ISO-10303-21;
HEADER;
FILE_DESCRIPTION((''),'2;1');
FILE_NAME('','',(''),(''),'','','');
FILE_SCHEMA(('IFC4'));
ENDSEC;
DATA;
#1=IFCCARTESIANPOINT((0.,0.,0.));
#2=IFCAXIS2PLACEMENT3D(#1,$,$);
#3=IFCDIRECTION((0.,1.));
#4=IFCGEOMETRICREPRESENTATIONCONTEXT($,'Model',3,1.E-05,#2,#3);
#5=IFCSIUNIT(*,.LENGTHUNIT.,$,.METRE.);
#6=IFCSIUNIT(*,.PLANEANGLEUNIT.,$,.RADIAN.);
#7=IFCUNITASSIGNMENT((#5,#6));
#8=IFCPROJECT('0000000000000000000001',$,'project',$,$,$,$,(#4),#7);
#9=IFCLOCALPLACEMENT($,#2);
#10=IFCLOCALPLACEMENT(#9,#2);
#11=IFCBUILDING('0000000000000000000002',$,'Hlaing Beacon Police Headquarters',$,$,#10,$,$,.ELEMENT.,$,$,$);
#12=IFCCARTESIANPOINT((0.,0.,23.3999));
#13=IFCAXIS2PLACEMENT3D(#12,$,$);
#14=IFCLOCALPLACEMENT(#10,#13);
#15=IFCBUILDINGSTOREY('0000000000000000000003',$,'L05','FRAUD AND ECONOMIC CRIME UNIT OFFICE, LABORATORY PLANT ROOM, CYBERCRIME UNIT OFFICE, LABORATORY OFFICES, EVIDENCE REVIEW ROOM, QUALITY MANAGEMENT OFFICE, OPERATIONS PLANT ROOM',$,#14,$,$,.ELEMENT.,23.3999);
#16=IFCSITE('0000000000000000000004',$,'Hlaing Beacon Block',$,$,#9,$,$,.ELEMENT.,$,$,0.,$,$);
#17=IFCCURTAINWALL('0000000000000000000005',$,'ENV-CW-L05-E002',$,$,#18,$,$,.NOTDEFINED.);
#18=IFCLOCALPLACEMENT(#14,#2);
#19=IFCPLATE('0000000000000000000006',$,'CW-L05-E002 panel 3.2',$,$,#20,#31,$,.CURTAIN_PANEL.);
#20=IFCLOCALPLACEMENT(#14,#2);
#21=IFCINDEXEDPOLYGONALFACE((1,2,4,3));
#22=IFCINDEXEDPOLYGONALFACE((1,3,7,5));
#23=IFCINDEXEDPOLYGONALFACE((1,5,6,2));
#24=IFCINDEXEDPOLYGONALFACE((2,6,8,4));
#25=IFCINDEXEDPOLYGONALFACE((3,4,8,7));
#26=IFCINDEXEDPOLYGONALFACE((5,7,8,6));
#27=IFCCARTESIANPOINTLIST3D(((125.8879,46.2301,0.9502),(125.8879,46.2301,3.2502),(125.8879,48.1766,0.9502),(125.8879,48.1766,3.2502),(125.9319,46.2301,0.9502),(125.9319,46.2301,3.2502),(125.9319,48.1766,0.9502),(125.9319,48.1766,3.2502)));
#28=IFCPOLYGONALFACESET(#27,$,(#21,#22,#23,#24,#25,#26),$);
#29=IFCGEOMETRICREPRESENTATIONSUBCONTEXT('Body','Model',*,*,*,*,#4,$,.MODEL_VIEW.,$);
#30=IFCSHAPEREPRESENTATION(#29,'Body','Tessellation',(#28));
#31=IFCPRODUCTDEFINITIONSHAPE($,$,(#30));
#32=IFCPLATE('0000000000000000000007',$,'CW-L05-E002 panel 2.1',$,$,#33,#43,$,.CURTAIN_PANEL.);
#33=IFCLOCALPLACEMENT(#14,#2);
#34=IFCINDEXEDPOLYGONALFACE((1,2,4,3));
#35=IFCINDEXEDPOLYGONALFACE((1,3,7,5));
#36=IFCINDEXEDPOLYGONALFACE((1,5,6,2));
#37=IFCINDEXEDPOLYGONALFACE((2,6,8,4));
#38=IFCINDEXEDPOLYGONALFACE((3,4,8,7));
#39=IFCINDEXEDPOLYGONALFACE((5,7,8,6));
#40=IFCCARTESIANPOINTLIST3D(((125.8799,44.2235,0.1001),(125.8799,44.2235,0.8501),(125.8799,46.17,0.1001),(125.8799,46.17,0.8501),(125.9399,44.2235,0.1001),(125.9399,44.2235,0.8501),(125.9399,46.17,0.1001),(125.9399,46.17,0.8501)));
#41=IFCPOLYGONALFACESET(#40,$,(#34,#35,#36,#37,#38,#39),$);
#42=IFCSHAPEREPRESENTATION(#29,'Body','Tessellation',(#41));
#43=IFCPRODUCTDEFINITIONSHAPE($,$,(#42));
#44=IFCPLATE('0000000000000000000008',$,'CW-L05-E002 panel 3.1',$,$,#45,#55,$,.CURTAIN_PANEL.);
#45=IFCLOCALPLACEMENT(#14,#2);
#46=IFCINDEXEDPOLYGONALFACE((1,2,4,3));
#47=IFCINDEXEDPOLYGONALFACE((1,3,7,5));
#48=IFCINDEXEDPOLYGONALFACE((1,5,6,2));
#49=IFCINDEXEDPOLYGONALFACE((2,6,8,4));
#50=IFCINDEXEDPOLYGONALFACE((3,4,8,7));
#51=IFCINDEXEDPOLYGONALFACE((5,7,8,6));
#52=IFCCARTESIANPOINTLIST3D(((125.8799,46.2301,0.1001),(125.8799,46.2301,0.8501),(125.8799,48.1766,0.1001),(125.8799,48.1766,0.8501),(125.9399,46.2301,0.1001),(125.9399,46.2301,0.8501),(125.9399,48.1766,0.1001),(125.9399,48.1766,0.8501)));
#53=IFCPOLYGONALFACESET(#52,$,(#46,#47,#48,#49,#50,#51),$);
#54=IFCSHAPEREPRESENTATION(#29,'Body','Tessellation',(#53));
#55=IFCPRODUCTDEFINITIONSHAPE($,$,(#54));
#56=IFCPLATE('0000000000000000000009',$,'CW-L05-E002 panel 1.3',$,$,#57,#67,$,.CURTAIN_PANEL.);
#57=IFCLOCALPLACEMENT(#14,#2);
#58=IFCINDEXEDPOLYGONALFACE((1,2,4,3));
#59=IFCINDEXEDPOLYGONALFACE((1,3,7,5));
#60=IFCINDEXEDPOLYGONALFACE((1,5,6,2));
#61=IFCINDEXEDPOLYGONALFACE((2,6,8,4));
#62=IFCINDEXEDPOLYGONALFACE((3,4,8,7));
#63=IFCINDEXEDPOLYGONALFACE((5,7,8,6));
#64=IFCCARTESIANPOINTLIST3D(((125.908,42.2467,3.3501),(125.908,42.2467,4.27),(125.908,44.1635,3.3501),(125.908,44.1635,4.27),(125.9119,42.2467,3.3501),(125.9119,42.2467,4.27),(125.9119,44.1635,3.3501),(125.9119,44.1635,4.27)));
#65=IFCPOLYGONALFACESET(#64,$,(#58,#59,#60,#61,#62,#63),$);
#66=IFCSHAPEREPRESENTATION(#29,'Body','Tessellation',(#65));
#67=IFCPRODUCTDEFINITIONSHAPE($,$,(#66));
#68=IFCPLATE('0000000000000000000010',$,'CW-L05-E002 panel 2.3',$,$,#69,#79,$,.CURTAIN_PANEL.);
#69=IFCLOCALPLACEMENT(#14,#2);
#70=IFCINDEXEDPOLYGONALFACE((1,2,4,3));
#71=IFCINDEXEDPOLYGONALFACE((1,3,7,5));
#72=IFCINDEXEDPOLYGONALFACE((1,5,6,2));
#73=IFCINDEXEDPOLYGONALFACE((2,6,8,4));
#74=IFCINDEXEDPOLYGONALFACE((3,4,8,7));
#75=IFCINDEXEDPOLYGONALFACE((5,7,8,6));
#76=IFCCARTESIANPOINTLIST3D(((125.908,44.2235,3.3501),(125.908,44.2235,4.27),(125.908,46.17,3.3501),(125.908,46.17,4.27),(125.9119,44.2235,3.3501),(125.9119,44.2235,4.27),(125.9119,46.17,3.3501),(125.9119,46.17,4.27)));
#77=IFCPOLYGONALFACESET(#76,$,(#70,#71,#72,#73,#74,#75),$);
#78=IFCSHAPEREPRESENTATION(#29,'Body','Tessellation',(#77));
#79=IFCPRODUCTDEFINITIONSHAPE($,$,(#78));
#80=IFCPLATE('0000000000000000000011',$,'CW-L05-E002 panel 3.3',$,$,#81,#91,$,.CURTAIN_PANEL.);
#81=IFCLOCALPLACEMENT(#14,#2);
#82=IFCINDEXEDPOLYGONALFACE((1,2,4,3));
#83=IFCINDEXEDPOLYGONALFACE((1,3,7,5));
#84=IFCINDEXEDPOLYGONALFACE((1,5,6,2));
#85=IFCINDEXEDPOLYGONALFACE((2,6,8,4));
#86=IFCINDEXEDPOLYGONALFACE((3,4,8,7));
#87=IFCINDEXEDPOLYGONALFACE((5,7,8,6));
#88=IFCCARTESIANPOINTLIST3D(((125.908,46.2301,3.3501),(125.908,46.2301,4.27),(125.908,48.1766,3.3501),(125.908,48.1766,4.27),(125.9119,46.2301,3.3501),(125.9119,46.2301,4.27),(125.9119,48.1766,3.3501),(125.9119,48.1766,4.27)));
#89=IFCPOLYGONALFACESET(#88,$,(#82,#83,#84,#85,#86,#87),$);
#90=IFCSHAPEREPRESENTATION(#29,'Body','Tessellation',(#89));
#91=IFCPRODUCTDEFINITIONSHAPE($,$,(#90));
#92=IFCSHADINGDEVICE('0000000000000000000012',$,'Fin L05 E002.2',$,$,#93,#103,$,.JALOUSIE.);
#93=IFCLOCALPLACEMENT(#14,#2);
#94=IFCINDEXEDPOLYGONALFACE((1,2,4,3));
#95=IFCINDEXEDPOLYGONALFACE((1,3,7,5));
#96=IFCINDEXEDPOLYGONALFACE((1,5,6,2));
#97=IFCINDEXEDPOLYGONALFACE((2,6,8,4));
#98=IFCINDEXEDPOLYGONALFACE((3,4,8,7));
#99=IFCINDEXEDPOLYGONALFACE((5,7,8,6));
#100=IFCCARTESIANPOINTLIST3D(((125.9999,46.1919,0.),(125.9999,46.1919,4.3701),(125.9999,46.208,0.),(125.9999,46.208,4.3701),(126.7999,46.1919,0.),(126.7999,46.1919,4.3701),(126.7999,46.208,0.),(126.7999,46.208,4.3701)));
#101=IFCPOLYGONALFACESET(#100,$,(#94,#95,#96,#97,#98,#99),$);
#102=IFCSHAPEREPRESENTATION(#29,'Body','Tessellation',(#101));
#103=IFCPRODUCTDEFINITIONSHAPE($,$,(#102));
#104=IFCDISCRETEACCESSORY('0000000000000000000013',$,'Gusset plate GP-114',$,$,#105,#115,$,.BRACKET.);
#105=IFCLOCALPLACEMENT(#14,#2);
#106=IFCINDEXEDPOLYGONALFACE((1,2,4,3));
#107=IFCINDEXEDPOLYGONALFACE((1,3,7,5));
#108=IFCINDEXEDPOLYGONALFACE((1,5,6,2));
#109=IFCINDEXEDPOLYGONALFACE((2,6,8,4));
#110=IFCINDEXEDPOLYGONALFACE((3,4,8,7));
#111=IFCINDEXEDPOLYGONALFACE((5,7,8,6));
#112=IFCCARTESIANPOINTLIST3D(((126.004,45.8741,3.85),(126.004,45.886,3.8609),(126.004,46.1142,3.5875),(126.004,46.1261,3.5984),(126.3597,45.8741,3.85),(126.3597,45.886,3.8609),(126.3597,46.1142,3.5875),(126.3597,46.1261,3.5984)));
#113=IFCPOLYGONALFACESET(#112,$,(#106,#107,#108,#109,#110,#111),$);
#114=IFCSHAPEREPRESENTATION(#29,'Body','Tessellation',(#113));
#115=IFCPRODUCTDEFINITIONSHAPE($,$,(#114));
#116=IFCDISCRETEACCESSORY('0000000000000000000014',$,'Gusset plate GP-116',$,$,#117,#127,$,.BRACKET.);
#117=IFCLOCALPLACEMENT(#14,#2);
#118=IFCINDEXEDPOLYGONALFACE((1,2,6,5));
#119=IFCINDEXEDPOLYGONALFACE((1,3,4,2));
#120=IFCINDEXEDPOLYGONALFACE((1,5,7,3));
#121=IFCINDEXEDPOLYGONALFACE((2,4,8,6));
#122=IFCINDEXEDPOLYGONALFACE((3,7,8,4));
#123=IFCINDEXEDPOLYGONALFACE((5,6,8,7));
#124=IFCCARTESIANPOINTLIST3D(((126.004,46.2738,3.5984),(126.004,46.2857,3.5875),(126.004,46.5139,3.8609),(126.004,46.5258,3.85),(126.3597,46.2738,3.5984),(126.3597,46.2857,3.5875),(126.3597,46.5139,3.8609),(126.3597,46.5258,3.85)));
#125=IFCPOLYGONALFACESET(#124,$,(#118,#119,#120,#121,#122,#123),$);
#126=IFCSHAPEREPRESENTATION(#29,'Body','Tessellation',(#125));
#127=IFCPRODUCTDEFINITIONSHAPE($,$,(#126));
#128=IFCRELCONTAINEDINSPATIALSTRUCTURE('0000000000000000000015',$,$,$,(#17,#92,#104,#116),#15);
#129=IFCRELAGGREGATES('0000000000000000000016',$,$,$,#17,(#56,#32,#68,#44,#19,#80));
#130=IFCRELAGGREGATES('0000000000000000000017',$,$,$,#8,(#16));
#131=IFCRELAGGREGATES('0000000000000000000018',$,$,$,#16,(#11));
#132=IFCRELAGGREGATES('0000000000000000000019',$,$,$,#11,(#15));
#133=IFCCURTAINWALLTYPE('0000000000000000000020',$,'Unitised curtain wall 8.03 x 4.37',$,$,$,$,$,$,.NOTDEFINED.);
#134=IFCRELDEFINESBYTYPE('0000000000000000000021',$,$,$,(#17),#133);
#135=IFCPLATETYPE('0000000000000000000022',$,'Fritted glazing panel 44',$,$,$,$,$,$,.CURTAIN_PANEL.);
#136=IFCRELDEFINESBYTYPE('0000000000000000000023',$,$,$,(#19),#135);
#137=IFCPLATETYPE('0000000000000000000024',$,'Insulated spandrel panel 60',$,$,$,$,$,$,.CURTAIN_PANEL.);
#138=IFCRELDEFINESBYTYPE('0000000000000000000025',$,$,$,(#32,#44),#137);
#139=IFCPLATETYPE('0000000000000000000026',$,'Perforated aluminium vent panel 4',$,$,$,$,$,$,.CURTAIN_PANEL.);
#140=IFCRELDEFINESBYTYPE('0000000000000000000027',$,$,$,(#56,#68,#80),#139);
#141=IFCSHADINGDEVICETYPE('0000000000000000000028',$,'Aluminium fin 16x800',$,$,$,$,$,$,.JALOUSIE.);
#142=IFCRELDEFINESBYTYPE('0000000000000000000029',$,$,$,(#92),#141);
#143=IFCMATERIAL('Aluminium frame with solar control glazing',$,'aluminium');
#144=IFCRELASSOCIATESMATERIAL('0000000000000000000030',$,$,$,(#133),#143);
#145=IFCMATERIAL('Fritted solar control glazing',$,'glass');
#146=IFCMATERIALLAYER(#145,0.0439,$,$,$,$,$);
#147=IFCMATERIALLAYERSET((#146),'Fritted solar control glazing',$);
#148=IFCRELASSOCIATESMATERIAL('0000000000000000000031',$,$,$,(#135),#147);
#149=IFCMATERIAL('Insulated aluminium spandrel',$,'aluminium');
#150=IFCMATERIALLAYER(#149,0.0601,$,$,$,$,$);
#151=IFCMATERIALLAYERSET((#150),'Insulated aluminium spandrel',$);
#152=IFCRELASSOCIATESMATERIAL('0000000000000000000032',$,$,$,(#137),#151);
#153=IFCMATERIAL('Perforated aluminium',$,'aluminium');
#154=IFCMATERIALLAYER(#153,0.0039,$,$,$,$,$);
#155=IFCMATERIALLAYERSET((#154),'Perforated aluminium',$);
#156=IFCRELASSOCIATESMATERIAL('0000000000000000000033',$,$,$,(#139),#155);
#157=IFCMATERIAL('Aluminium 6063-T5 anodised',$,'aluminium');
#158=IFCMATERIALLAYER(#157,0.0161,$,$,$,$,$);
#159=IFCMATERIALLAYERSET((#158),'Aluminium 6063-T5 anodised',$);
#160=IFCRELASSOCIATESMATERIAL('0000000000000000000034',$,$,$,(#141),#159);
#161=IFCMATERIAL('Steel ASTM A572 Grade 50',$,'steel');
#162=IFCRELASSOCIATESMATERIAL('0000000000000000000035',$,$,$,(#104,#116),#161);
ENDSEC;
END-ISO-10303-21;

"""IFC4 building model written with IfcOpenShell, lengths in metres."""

from ifc_helpers import new_model, si_unit, direction, frame, origin, origin_2d, place, context, subcontext, project, spatial, rectangle, extrude, material, layer, layer_set, type_object, element, aggregate, save


model = new_model("IFC4")

# Units and contexts
model_context = context("Model", 3, precision=1e-05, world=origin(), true_north=direction((0.0, 1.0)))
body_context = subcontext(model_context, "Body", "Model", "MODEL_VIEW")
ifc_project = project(units=[si_unit("LENGTHUNIT", "METRE"), si_unit("PLANEANGLEUNIT", "RADIAN")], contexts=[model_context])

# Site, building, storey
site_placement = place(None, origin())
site = spatial("IfcSite", under=ifc_project, at=site_placement, Name="Hlaing Beacon Block", CompositionType="ELEMENT", RefElevation=0.0)
building_placement = place(site_placement, origin())
building = spatial("IfcBuilding", under=site, at=building_placement, Name="Hlaing Beacon Police Headquarters", CompositionType="ELEMENT")
storey_placement = place(building_placement, frame((0.0, 0.0, 23.3999)))
storey = spatial("IfcBuildingStorey", under=building, at=storey_placement, Name="L05", Description="FRAUD AND ECONOMIC CRIME UNIT OFFICE, LABORATORY PLANT ROOM, CYBERCRIME UNIT OFFICE, LABORATORY OFFICES, EVIDENCE REVIEW ROOM, QUALITY MANAGEMENT OFFICE, OPERATIONS PLANT ROOM", CompositionType="ELEMENT", Elevation=23.3999)

# Curtain wall, plates
ifc_material_1 = material(Name="Aluminium frame with solar control glazing", Category="aluminium")
curtain_wall_type = type_object("IfcCurtainWallType", Name="Unitised curtain wall 8.03 x 4.37", PredefinedType="NOTDEFINED", material=ifc_material_1)
curtain_wall_placement = place(storey_placement, origin())
curtain_wall = element("IfcCurtainWall", 1, at=curtain_wall_placement, inside=storey, type_object=curtain_wall_type, Name="ENV-CW-L05-E002", PredefinedType="NOTDEFINED")
ifc_material_2 = material(Name="Fritted solar control glazing", Category="glass")
ifc_layer_1 = layer(ifc_material_2, 0.0439)
ifc_layer_set_1 = layer_set([ifc_layer_1], Name="Fritted solar control glazing")
plate_type_1 = type_object("IfcPlateType", Name="Fritted glazing panel 44", PredefinedType="CURTAIN_PANEL", material=ifc_layer_set_1)
plate_1_placement = place(storey_placement, frame((125.9099, 47.2034, 0.9502), z_axis=(0.0, 0.0, 1.0), x_axis=(0.0, 1.0, 0.0)))
plate_1 = element("IfcPlate", 2, at=plate_1_placement, type_object=plate_type_1, Name="CW-L05-E002 panel 3.2", PredefinedType="CURTAIN_PANEL", context=body_context, shape_type="SweptSolid", body=[
    extrude(rectangle(XDim=1.9465, YDim=0.0439, at=origin_2d()), origin(), (0.0, 0.0, 1.0), 2.3),
])
ifc_material_3 = material(Name="Insulated aluminium spandrel", Category="aluminium")
ifc_layer_2 = layer(ifc_material_3, 0.0601)
ifc_layer_set_2 = layer_set([ifc_layer_2], Name="Insulated aluminium spandrel")
plate_type_2 = type_object("IfcPlateType", Name="Insulated spandrel panel 60", PredefinedType="CURTAIN_PANEL", material=ifc_layer_set_2)
plate_2_placement = place(storey_placement, frame((125.9099, 45.1968, 0.1001), z_axis=(0.0, 0.0, 1.0), x_axis=(0.0, 1.0, 0.0)))
plate_2 = element("IfcPlate", 3, at=plate_2_placement, type_object=plate_type_2, Name="CW-L05-E002 panel 2.1", PredefinedType="CURTAIN_PANEL", context=body_context, shape_type="SweptSolid", body=[
    extrude(rectangle(XDim=1.9465, YDim=0.0601, at=origin_2d()), origin(), (0.0, 0.0, 1.0), 0.75),
])
plate_3_placement = place(storey_placement, frame((125.9099, 47.2034, 0.1001), z_axis=(0.0, 0.0, 1.0), x_axis=(0.0, 1.0, 0.0)))
plate_3 = element("IfcPlate", 4, at=plate_3_placement, type_object=plate_type_2, Name="CW-L05-E002 panel 3.1", PredefinedType="CURTAIN_PANEL", context=body_context, shape_type="SweptSolid", body=[
    extrude(rectangle(XDim=1.9465, YDim=0.0601, at=origin_2d()), origin(), (0.0, 0.0, 1.0), 0.75),
])
ifc_material_4 = material(Name="Perforated aluminium", Category="aluminium")
ifc_layer_3 = layer(ifc_material_4, 0.0039)
ifc_layer_set_3 = layer_set([ifc_layer_3], Name="Perforated aluminium")
plate_type_3 = type_object("IfcPlateType", Name="Perforated aluminium vent panel 4", PredefinedType="CURTAIN_PANEL", material=ifc_layer_set_3)
plate_4_placement = place(storey_placement, frame((125.9099, 43.2051, 3.3501), z_axis=(0.0, 0.0, 1.0), x_axis=(0.0, 1.0, 0.0)))
plate_4 = element("IfcPlate", 5, at=plate_4_placement, type_object=plate_type_3, Name="CW-L05-E002 panel 1.3", PredefinedType="CURTAIN_PANEL", context=body_context, shape_type="SweptSolid", body=[
    extrude(rectangle(XDim=1.9167, YDim=0.0039, at=origin_2d()), origin(), (0.0, 0.0, 1.0), 0.9199),
])
plate_5_placement = place(storey_placement, frame((125.9099, 45.1968, 3.3501), z_axis=(0.0, 0.0, 1.0), x_axis=(0.0, 1.0, 0.0)))
plate_5 = element("IfcPlate", 6, at=plate_5_placement, type_object=plate_type_3, Name="CW-L05-E002 panel 2.3", PredefinedType="CURTAIN_PANEL", context=body_context, shape_type="SweptSolid", body=[
    extrude(rectangle(XDim=1.9465, YDim=0.0039, at=origin_2d()), origin(), (0.0, 0.0, 1.0), 0.9199),
])
plate_6_placement = place(storey_placement, frame((125.9099, 47.2034, 3.3501), z_axis=(0.0, 0.0, 1.0), x_axis=(0.0, 1.0, 0.0)))
plate_6 = element("IfcPlate", 7, at=plate_6_placement, type_object=plate_type_3, Name="CW-L05-E002 panel 3.3", PredefinedType="CURTAIN_PANEL", context=body_context, shape_type="SweptSolid", body=[
    extrude(rectangle(XDim=1.9465, YDim=0.0039, at=origin_2d()), origin(), (0.0, 0.0, 1.0), 0.9199),
])
aggregate(curtain_wall, [plate_4, plate_2, plate_5, plate_3, plate_1, plate_6])

# Shading device
ifc_material_5 = material(Name="Aluminium 6063-T5 anodised", Category="aluminium")
ifc_layer_4 = layer(ifc_material_5, 0.0161)
ifc_layer_set_4 = layer_set([ifc_layer_4], Name="Aluminium 6063-T5 anodised")
shading_device_type = type_object("IfcShadingDeviceType", Name="Aluminium fin 16x800", PredefinedType="JALOUSIE", material=ifc_layer_set_4)
shading_device_placement = place(storey_placement, frame((126.3999, 46.2, 0.0), z_axis=(0.0, 0.0, 1.0), x_axis=(0.0, 1.0, 0.0)))
element("IfcShadingDevice", 8, at=shading_device_placement, inside=storey, type_object=shading_device_type, Name="Fin L05 E002.2", PredefinedType="JALOUSIE", context=body_context, shape_type="SweptSolid", body=[
    extrude(rectangle(XDim=0.0161, YDim=0.8, at=origin_2d()), origin(), (0.0, 0.0, 1.0), 4.3701),
])

# Discrete accessories
ifc_material_6 = material(Name="Steel ASTM A572 Grade 50", Category="steel")
for number, where, z_axis, x_axis, name in (
    (9, (126.1819, 45.9941, 3.7188), (0.0, 0.737951, 0.674854), (-1.0, 0.0, 0.0), "Gusset plate GP-114"),
    (10, (126.1819, 46.4058, 3.7188), (0.0, -0.737972, 0.674831), (1.0, 0.0, 0.0), "Gusset plate GP-116"),
):
    element("IfcDiscreteAccessory", number, at=place(storey_placement, frame(where, z_axis=z_axis, x_axis=x_axis)), inside=storey, material=ifc_material_6, Name=name, PredefinedType="BRACKET", context=body_context, shape_type="SweptSolid", body=[
        extrude(rectangle(XDim=0.3557, YDim=0.3557, at=origin_2d()), origin(), (0.0, 0.0, 1.0), 0.0161),
    ])

save(model, "model.ifc")
